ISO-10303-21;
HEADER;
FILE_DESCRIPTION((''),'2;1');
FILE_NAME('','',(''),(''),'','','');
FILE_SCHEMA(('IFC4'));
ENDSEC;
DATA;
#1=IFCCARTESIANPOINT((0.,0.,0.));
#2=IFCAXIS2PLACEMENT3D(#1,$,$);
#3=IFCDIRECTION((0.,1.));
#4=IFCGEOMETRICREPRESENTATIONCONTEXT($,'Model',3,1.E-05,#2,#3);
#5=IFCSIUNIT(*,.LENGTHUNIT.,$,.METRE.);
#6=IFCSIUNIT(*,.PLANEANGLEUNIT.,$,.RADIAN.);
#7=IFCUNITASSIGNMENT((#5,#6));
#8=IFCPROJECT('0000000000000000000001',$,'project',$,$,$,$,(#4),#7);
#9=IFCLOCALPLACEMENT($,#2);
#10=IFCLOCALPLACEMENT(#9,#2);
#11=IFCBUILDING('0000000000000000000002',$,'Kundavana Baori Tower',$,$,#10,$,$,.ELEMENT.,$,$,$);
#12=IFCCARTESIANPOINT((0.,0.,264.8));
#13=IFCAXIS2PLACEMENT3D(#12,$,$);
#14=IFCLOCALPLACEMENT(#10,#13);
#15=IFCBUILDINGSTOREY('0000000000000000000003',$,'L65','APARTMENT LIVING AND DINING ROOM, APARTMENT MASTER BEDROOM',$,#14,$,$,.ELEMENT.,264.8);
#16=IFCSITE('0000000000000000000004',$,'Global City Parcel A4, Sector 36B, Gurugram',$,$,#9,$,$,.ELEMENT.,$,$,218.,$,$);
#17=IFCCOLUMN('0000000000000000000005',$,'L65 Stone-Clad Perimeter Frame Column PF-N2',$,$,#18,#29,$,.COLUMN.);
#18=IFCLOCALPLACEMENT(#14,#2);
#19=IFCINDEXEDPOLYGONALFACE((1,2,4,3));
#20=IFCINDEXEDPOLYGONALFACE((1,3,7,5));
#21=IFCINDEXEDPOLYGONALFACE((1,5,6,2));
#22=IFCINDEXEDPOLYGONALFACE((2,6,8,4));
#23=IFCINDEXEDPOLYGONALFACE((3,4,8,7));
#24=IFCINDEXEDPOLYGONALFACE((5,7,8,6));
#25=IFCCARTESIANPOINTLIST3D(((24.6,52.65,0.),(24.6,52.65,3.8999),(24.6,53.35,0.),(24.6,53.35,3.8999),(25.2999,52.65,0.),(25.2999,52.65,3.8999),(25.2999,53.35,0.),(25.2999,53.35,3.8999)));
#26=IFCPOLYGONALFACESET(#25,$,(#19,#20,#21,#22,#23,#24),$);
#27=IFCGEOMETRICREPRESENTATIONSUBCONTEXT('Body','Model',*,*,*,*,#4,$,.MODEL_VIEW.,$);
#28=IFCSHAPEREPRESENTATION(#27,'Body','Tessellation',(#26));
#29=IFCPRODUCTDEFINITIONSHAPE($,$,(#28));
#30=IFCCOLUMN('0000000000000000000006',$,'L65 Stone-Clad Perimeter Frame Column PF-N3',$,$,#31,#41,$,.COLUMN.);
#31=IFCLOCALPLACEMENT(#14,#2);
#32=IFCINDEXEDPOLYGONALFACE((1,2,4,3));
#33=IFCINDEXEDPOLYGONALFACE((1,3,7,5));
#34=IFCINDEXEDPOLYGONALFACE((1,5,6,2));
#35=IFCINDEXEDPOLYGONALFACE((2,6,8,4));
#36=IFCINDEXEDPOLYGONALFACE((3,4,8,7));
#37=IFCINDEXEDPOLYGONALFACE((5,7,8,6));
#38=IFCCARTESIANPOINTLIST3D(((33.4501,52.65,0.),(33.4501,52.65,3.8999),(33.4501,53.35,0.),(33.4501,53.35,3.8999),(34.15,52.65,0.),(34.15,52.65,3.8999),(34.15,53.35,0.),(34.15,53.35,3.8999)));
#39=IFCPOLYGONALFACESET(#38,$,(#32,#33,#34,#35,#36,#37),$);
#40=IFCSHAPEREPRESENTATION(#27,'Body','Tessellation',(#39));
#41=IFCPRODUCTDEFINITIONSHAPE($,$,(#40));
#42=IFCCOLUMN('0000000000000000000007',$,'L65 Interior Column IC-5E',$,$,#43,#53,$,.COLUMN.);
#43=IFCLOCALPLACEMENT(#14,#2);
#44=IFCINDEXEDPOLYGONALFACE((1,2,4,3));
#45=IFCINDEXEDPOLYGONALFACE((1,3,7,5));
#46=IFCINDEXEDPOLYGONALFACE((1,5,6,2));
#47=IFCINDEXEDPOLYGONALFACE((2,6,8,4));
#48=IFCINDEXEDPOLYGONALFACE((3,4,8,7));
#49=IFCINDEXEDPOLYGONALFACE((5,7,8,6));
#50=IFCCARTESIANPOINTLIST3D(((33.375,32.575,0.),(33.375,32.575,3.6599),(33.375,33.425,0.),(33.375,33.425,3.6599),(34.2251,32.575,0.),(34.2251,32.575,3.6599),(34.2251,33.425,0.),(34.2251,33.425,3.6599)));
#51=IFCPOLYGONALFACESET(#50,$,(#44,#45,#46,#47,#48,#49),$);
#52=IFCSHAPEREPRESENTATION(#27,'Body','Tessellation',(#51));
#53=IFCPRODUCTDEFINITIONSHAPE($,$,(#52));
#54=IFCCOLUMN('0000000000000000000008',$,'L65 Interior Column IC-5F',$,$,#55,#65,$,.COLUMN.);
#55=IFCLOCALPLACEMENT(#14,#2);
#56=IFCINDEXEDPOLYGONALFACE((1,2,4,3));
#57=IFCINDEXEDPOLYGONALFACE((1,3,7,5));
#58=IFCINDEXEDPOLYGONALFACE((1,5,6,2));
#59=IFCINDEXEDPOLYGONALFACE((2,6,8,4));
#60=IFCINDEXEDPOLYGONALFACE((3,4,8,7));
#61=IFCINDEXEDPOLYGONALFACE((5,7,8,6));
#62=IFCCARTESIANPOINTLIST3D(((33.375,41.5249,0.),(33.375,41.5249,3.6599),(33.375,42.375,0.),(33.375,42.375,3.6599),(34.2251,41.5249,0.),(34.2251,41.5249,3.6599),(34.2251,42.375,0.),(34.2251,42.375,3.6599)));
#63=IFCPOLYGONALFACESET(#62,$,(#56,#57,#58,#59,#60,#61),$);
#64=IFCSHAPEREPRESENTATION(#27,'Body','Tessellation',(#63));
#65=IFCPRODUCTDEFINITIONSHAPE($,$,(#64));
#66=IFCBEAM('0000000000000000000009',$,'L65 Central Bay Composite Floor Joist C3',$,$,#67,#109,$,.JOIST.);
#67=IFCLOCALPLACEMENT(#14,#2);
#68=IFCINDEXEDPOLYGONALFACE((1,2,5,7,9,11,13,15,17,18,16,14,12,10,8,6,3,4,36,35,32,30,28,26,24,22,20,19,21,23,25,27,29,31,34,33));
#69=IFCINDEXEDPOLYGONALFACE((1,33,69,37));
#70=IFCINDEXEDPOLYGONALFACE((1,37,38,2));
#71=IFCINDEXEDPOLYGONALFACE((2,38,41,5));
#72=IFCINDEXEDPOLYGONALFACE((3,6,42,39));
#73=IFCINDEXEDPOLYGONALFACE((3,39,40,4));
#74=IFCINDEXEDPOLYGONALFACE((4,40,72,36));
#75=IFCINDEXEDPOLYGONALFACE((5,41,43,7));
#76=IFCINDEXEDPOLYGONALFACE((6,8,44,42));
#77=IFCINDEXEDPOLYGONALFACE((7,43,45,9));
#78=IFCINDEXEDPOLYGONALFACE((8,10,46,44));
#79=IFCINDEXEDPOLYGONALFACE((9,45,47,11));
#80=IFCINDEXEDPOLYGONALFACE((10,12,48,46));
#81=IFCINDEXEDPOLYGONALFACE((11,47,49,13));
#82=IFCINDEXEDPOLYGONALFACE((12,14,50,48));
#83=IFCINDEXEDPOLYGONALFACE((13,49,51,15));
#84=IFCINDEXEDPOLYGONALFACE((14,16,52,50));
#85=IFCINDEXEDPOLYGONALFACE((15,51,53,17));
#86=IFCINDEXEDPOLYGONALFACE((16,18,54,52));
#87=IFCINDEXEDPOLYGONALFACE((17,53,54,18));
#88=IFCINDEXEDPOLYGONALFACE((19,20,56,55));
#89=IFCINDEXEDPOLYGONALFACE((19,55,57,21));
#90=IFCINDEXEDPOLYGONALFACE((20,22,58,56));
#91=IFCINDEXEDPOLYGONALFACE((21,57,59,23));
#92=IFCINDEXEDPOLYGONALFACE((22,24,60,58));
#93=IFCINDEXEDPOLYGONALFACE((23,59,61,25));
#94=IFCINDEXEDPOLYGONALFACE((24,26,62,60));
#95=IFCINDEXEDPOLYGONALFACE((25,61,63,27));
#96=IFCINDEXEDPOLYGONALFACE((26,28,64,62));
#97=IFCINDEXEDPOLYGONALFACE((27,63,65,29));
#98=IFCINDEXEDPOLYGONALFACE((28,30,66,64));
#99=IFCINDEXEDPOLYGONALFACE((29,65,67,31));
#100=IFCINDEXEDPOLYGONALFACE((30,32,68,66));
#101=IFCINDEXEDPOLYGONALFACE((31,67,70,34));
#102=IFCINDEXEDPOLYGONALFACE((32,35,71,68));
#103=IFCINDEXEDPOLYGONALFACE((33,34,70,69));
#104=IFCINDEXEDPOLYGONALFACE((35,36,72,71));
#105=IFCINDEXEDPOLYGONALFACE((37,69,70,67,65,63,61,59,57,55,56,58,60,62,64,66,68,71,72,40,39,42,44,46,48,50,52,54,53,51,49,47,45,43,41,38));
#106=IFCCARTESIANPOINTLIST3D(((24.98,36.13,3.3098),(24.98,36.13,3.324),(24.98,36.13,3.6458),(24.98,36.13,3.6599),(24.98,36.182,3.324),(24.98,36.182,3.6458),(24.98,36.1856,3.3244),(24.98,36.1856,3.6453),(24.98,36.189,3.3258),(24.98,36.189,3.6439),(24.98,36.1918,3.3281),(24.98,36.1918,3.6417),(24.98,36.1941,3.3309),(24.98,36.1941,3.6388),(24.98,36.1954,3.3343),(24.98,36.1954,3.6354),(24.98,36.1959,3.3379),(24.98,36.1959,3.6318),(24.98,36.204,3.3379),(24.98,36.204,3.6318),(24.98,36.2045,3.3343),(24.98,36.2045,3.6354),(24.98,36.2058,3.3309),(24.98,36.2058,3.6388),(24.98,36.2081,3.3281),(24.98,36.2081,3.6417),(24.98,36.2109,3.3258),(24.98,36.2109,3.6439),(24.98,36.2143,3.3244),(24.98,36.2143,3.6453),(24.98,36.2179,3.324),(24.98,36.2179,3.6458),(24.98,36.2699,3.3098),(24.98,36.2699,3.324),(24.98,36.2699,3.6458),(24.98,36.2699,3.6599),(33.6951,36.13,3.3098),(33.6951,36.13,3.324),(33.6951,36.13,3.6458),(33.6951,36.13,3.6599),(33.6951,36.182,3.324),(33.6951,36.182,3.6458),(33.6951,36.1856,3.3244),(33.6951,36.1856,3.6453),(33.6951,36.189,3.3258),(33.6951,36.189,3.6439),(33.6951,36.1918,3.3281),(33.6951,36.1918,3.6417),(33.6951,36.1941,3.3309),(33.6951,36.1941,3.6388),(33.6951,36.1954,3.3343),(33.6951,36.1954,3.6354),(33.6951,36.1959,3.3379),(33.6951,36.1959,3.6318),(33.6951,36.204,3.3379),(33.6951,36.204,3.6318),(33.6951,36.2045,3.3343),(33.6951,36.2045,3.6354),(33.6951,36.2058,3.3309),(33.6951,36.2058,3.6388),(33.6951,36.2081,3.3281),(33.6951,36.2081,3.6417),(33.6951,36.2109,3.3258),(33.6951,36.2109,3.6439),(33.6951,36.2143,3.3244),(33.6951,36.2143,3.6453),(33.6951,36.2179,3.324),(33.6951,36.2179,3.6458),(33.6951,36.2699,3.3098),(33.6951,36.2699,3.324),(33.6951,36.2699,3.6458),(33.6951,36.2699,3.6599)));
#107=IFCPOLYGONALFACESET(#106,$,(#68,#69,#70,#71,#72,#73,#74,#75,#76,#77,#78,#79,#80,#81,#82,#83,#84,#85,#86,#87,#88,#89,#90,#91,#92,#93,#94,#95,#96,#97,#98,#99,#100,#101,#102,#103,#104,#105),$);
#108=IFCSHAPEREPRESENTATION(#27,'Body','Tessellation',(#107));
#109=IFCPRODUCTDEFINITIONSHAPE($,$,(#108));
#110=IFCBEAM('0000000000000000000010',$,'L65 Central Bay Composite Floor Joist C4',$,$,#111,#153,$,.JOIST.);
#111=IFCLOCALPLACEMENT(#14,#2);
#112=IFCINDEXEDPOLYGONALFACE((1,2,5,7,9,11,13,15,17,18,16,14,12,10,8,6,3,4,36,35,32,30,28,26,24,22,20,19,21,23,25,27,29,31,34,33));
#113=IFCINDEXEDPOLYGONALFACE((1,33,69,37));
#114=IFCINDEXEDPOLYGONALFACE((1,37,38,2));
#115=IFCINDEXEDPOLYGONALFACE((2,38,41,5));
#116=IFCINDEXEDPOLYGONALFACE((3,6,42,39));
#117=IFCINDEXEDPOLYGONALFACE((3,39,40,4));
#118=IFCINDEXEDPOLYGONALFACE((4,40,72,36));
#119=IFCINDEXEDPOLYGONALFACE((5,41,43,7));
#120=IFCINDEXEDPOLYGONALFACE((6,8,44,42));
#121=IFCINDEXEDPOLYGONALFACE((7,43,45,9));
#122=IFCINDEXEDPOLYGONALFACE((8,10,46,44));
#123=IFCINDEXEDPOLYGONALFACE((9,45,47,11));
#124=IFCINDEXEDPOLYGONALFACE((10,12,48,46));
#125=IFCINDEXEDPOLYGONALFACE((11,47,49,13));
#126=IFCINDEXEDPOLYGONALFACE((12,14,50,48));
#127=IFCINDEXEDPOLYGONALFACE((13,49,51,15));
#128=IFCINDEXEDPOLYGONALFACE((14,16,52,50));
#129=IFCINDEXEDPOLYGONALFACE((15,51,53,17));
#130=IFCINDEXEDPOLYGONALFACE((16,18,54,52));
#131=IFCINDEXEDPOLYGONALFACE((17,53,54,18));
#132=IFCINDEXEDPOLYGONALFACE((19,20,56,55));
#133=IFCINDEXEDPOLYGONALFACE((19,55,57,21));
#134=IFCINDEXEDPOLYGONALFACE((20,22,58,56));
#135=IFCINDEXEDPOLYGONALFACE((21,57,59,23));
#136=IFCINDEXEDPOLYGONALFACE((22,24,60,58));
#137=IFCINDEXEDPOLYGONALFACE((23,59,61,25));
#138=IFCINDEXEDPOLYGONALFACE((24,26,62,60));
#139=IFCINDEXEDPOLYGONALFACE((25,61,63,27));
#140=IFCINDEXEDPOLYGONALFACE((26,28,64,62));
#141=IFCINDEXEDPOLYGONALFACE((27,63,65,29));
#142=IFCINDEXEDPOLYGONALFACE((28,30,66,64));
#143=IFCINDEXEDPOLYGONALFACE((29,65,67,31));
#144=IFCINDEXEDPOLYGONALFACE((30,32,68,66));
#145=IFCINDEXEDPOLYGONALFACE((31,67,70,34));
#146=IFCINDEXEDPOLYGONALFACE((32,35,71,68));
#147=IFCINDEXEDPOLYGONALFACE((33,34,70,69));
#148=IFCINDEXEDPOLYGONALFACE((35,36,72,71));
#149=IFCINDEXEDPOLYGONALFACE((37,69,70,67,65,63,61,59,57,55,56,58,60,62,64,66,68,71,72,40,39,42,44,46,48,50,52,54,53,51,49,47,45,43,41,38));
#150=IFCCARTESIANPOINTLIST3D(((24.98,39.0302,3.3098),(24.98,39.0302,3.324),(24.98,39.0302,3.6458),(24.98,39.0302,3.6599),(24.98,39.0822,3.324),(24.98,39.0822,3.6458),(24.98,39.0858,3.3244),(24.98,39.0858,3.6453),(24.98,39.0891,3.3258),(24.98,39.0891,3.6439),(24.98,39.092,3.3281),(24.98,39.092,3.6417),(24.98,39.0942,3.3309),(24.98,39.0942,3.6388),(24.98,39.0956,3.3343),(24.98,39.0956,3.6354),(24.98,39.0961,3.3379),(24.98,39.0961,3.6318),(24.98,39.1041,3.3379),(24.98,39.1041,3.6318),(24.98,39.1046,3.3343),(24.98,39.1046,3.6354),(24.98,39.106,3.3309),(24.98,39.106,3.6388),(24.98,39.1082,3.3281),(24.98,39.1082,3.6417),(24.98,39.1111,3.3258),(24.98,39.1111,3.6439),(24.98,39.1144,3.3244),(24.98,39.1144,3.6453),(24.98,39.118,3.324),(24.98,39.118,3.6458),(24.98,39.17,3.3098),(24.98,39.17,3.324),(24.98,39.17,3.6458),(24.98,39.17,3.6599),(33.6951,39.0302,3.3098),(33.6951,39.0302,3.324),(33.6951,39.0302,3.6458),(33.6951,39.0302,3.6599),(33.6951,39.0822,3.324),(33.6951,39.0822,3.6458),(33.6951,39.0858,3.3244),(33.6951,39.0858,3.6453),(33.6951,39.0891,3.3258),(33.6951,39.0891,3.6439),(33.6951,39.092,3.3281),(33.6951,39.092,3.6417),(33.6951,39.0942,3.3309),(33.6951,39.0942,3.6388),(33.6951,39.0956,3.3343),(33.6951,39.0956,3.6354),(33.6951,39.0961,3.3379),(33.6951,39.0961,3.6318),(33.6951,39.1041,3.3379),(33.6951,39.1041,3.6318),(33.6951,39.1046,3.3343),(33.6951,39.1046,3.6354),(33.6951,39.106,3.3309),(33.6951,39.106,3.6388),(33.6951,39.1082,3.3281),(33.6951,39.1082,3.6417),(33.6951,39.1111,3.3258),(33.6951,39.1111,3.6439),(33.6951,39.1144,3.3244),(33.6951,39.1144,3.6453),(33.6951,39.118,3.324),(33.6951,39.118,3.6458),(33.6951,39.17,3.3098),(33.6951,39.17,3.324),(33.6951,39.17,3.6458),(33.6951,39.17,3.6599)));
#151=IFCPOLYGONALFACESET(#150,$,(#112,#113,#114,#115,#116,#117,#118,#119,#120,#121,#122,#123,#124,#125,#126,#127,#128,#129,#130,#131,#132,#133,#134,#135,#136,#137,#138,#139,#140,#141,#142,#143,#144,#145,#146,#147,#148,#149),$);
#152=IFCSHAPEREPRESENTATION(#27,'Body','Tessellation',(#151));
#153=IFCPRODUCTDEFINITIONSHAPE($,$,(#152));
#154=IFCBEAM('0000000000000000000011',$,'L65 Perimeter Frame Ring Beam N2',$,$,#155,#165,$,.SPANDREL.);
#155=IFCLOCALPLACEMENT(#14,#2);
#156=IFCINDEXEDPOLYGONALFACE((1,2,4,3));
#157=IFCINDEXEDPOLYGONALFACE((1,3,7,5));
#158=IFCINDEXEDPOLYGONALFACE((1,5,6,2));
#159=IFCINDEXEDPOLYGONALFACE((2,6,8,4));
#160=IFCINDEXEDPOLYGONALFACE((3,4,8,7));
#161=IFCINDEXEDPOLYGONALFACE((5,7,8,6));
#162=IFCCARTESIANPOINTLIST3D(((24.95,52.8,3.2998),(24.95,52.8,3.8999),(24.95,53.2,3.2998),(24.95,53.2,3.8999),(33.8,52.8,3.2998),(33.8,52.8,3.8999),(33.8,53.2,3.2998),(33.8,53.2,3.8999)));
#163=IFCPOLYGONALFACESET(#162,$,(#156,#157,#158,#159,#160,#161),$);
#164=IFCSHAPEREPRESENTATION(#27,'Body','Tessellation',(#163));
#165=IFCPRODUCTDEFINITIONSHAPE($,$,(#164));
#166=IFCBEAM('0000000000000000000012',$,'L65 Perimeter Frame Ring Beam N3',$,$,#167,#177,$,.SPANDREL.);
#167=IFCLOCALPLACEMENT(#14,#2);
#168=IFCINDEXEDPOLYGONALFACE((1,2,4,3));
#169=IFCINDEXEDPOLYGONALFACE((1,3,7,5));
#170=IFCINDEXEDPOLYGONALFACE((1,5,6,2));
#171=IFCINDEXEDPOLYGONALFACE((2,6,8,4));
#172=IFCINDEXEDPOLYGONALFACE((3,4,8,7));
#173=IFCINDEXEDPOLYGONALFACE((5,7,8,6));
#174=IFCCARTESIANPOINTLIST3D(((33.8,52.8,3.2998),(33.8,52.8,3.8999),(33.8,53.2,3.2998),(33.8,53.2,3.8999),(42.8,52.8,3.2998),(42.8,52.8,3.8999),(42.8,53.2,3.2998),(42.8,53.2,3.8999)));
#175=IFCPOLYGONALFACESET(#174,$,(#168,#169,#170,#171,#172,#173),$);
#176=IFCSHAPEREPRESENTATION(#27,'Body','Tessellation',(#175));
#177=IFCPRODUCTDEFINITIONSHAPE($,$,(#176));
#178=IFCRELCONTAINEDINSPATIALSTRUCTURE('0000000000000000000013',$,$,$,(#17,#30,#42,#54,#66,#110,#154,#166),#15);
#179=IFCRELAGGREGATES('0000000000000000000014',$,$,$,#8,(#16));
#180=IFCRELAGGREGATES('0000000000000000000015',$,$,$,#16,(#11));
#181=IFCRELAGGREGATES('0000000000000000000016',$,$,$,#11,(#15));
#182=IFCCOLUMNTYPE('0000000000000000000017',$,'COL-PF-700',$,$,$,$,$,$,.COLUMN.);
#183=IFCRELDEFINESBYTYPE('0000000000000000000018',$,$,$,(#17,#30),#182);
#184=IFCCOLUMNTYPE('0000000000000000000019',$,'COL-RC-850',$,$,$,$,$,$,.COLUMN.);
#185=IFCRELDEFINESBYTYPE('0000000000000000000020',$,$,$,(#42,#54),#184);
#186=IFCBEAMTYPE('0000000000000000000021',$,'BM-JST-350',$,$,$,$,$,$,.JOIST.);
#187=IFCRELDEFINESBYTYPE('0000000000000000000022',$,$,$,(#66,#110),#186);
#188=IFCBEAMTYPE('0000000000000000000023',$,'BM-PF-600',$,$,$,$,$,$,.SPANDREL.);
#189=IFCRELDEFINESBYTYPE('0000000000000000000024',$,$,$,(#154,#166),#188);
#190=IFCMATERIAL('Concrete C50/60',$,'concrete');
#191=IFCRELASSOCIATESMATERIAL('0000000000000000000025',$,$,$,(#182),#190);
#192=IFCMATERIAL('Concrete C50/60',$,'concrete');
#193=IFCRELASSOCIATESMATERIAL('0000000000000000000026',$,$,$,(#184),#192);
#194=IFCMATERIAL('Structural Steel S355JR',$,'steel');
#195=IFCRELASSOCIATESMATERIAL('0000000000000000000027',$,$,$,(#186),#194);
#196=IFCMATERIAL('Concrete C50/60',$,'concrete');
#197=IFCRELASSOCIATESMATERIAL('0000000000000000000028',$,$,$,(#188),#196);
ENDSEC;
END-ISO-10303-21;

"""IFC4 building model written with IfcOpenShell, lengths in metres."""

from ifc_helpers import new_model, si_unit, direction, frame, origin, origin_2d, place, context, subcontext, project, spatial, rectangle, i_section, extrude, material, material_profile, profile_set, type_object, element, save


model = new_model("IFC4")

# Units and contexts
model_context = context("Model", 3, precision=1e-05, world=origin(), true_north=direction((0.0, 1.0)))
body_context = subcontext(model_context, "Body", "Model", "MODEL_VIEW")
ifc_project = project(units=[si_unit("LENGTHUNIT", "METRE"), si_unit("PLANEANGLEUNIT", "RADIAN")], contexts=[model_context])

# Site, building, storey
site_placement = place(None, origin())
site = spatial("IfcSite", under=ifc_project, at=site_placement, Name="Global City Parcel A4, Sector 36B, Gurugram", CompositionType="ELEMENT", RefElevation=218.0)
building_placement = place(site_placement, origin())
building = spatial("IfcBuilding", under=site, at=building_placement, Name="Kundavana Baori Tower", CompositionType="ELEMENT")
storey_placement = place(building_placement, frame((0.0, 0.0, 264.8)))
storey = spatial("IfcBuildingStorey", under=building, at=storey_placement, Name="L65", Description="APARTMENT LIVING AND DINING ROOM, APARTMENT MASTER BEDROOM", CompositionType="ELEMENT", Elevation=264.8)

# Columns
ifc_material_1 = material(Name="Concrete C50/60", Category="concrete")
ifc_material_profile_1 = material_profile(ifc_material_1, rectangle(XDim=0.7, YDim=0.7, at=origin_2d()), Name="RC PF 700x700")
ifc_profile_set_1 = profile_set([ifc_material_profile_1], Name="Concrete C50/60")
column_type_1 = type_object("IfcColumnType", Name="COL-PF-700", PredefinedType="COLUMN", material=ifc_profile_set_1)
for number, where, z_axis, x_axis, name in (
    (1, (24.95, 53.0, 0.0), (0.0, 0.0, 1.0), (1.0, 0.0, 0.0), "L65 Stone-Clad Perimeter Frame Column PF-N2"),
    (2, (33.8, 53.0, 0.0), (0.0, 0.0, 1.0), (1.0, 0.0, 0.0), "L65 Stone-Clad Perimeter Frame Column PF-N3"),
):
    element("IfcColumn", number, at=place(storey_placement, frame(where, z_axis=z_axis, x_axis=x_axis)), inside=storey, type_object=column_type_1, Name=name, PredefinedType="COLUMN", context=body_context, shape_type="SweptSolid", body=[
        extrude(rectangle(XDim=0.7, YDim=0.7, at=origin_2d()), origin(), (0.0, 0.0, 1.0), 3.8999),
    ])
ifc_material_2 = material(Name="Concrete C50/60", Category="concrete")
ifc_material_profile_2 = material_profile(ifc_material_2, rectangle(XDim=0.8501, YDim=0.8501, at=origin_2d()), Name="RC 850x850")
ifc_profile_set_2 = profile_set([ifc_material_profile_2], Name="Concrete C50/60")
column_type_2 = type_object("IfcColumnType", Name="COL-RC-850", PredefinedType="COLUMN", material=ifc_profile_set_2)
for number, where, z_axis, x_axis, name in (
    (3, (33.8, 33.0, 0.0), (0.0, 0.0, 1.0), (1.0, 0.0, 0.0), "L65 Interior Column IC-5E"),
    (4, (33.8, 41.95, 0.0), (0.0, 0.0, 1.0), (1.0, 0.0, 0.0), "L65 Interior Column IC-5F"),
):
    element("IfcColumn", number, at=place(storey_placement, frame(where, z_axis=z_axis, x_axis=x_axis)), inside=storey, type_object=column_type_2, Name=name, PredefinedType="COLUMN", context=body_context, shape_type="SweptSolid", body=[
        extrude(rectangle(XDim=0.8501, YDim=0.8501, at=origin_2d()), origin(), (0.0, 0.0, 1.0), 3.6599),
    ])

# Beams
ifc_material_3 = material(Name="Structural Steel S355JR", Category="steel")
ifc_material_profile_3 = material_profile(ifc_material_3, i_section(OverallWidth=0.1399, OverallDepth=0.3501, WebThickness=0.0081, FlangeThickness=0.0142, FilletRadius=0.0139, at=origin_2d()), Name="ISMB 350")
ifc_profile_set_3 = profile_set([ifc_material_profile_3], Name="Structural Steel S355JR")
beam_type_1 = type_object("IfcBeamType", Name="BM-JST-350", PredefinedType="JOIST", material=ifc_profile_set_3)
for number, where, z_axis, x_axis, name in (
    (5, (24.98, 36.2, 3.4849), (1.0, 0.0, 0.0), (0.0, 1.0, 0.0), "L65 Central Bay Composite Floor Joist C3"),
    (6, (24.98, 39.1001, 3.4849), (1.0, 0.0, 0.0), (0.0, 1.0, 0.0), "L65 Central Bay Composite Floor Joist C4"),
):
    element("IfcBeam", number, at=place(storey_placement, frame(where, z_axis=z_axis, x_axis=x_axis)), inside=storey, type_object=beam_type_1, Name=name, PredefinedType="JOIST", context=body_context, shape_type="SweptSolid", body=[
        extrude(i_section(OverallWidth=0.1399, OverallDepth=0.3501, WebThickness=0.0081, FlangeThickness=0.0142, FilletRadius=0.0139, at=origin_2d()), origin(), (0.0, 0.0, 1.0), 8.7151),
    ])
ifc_material_4 = material(Name="Concrete C50/60", Category="concrete")
ifc_material_profile_4 = material_profile(ifc_material_4, rectangle(XDim=0.3999, YDim=0.6001, at=origin_2d()), Name="RC BM 400x600")
ifc_profile_set_4 = profile_set([ifc_material_profile_4], Name="Concrete C50/60")
beam_type_2 = type_object("IfcBeamType", Name="BM-PF-600", PredefinedType="SPANDREL", material=ifc_profile_set_4)
beam_1_placement = place(storey_placement, frame((24.95, 53.0, 3.5999), z_axis=(1.0, 0.0, 0.0), x_axis=(0.0, 1.0, 0.0)))
element("IfcBeam", 7, at=beam_1_placement, inside=storey, type_object=beam_type_2, Name="L65 Perimeter Frame Ring Beam N2", PredefinedType="SPANDREL", context=body_context, shape_type="SweptSolid", body=[
    extrude(rectangle(XDim=0.3999, YDim=0.6001, at=origin_2d()), origin(), (0.0, 0.0, 1.0), 8.8501),
])
beam_2_placement = place(storey_placement, frame((33.8, 53.0, 3.5999), z_axis=(1.0, 0.0, 0.0), x_axis=(0.0, 1.0, 0.0)))
element("IfcBeam", 8, at=beam_2_placement, inside=storey, type_object=beam_type_2, Name="L65 Perimeter Frame Ring Beam N3", PredefinedType="SPANDREL", context=body_context, shape_type="SweptSolid", body=[
    extrude(rectangle(XDim=0.3999, YDim=0.6001, at=origin_2d()), origin(), (0.0, 0.0, 1.0), 9.0),
])

save(model, "model.ifc")
